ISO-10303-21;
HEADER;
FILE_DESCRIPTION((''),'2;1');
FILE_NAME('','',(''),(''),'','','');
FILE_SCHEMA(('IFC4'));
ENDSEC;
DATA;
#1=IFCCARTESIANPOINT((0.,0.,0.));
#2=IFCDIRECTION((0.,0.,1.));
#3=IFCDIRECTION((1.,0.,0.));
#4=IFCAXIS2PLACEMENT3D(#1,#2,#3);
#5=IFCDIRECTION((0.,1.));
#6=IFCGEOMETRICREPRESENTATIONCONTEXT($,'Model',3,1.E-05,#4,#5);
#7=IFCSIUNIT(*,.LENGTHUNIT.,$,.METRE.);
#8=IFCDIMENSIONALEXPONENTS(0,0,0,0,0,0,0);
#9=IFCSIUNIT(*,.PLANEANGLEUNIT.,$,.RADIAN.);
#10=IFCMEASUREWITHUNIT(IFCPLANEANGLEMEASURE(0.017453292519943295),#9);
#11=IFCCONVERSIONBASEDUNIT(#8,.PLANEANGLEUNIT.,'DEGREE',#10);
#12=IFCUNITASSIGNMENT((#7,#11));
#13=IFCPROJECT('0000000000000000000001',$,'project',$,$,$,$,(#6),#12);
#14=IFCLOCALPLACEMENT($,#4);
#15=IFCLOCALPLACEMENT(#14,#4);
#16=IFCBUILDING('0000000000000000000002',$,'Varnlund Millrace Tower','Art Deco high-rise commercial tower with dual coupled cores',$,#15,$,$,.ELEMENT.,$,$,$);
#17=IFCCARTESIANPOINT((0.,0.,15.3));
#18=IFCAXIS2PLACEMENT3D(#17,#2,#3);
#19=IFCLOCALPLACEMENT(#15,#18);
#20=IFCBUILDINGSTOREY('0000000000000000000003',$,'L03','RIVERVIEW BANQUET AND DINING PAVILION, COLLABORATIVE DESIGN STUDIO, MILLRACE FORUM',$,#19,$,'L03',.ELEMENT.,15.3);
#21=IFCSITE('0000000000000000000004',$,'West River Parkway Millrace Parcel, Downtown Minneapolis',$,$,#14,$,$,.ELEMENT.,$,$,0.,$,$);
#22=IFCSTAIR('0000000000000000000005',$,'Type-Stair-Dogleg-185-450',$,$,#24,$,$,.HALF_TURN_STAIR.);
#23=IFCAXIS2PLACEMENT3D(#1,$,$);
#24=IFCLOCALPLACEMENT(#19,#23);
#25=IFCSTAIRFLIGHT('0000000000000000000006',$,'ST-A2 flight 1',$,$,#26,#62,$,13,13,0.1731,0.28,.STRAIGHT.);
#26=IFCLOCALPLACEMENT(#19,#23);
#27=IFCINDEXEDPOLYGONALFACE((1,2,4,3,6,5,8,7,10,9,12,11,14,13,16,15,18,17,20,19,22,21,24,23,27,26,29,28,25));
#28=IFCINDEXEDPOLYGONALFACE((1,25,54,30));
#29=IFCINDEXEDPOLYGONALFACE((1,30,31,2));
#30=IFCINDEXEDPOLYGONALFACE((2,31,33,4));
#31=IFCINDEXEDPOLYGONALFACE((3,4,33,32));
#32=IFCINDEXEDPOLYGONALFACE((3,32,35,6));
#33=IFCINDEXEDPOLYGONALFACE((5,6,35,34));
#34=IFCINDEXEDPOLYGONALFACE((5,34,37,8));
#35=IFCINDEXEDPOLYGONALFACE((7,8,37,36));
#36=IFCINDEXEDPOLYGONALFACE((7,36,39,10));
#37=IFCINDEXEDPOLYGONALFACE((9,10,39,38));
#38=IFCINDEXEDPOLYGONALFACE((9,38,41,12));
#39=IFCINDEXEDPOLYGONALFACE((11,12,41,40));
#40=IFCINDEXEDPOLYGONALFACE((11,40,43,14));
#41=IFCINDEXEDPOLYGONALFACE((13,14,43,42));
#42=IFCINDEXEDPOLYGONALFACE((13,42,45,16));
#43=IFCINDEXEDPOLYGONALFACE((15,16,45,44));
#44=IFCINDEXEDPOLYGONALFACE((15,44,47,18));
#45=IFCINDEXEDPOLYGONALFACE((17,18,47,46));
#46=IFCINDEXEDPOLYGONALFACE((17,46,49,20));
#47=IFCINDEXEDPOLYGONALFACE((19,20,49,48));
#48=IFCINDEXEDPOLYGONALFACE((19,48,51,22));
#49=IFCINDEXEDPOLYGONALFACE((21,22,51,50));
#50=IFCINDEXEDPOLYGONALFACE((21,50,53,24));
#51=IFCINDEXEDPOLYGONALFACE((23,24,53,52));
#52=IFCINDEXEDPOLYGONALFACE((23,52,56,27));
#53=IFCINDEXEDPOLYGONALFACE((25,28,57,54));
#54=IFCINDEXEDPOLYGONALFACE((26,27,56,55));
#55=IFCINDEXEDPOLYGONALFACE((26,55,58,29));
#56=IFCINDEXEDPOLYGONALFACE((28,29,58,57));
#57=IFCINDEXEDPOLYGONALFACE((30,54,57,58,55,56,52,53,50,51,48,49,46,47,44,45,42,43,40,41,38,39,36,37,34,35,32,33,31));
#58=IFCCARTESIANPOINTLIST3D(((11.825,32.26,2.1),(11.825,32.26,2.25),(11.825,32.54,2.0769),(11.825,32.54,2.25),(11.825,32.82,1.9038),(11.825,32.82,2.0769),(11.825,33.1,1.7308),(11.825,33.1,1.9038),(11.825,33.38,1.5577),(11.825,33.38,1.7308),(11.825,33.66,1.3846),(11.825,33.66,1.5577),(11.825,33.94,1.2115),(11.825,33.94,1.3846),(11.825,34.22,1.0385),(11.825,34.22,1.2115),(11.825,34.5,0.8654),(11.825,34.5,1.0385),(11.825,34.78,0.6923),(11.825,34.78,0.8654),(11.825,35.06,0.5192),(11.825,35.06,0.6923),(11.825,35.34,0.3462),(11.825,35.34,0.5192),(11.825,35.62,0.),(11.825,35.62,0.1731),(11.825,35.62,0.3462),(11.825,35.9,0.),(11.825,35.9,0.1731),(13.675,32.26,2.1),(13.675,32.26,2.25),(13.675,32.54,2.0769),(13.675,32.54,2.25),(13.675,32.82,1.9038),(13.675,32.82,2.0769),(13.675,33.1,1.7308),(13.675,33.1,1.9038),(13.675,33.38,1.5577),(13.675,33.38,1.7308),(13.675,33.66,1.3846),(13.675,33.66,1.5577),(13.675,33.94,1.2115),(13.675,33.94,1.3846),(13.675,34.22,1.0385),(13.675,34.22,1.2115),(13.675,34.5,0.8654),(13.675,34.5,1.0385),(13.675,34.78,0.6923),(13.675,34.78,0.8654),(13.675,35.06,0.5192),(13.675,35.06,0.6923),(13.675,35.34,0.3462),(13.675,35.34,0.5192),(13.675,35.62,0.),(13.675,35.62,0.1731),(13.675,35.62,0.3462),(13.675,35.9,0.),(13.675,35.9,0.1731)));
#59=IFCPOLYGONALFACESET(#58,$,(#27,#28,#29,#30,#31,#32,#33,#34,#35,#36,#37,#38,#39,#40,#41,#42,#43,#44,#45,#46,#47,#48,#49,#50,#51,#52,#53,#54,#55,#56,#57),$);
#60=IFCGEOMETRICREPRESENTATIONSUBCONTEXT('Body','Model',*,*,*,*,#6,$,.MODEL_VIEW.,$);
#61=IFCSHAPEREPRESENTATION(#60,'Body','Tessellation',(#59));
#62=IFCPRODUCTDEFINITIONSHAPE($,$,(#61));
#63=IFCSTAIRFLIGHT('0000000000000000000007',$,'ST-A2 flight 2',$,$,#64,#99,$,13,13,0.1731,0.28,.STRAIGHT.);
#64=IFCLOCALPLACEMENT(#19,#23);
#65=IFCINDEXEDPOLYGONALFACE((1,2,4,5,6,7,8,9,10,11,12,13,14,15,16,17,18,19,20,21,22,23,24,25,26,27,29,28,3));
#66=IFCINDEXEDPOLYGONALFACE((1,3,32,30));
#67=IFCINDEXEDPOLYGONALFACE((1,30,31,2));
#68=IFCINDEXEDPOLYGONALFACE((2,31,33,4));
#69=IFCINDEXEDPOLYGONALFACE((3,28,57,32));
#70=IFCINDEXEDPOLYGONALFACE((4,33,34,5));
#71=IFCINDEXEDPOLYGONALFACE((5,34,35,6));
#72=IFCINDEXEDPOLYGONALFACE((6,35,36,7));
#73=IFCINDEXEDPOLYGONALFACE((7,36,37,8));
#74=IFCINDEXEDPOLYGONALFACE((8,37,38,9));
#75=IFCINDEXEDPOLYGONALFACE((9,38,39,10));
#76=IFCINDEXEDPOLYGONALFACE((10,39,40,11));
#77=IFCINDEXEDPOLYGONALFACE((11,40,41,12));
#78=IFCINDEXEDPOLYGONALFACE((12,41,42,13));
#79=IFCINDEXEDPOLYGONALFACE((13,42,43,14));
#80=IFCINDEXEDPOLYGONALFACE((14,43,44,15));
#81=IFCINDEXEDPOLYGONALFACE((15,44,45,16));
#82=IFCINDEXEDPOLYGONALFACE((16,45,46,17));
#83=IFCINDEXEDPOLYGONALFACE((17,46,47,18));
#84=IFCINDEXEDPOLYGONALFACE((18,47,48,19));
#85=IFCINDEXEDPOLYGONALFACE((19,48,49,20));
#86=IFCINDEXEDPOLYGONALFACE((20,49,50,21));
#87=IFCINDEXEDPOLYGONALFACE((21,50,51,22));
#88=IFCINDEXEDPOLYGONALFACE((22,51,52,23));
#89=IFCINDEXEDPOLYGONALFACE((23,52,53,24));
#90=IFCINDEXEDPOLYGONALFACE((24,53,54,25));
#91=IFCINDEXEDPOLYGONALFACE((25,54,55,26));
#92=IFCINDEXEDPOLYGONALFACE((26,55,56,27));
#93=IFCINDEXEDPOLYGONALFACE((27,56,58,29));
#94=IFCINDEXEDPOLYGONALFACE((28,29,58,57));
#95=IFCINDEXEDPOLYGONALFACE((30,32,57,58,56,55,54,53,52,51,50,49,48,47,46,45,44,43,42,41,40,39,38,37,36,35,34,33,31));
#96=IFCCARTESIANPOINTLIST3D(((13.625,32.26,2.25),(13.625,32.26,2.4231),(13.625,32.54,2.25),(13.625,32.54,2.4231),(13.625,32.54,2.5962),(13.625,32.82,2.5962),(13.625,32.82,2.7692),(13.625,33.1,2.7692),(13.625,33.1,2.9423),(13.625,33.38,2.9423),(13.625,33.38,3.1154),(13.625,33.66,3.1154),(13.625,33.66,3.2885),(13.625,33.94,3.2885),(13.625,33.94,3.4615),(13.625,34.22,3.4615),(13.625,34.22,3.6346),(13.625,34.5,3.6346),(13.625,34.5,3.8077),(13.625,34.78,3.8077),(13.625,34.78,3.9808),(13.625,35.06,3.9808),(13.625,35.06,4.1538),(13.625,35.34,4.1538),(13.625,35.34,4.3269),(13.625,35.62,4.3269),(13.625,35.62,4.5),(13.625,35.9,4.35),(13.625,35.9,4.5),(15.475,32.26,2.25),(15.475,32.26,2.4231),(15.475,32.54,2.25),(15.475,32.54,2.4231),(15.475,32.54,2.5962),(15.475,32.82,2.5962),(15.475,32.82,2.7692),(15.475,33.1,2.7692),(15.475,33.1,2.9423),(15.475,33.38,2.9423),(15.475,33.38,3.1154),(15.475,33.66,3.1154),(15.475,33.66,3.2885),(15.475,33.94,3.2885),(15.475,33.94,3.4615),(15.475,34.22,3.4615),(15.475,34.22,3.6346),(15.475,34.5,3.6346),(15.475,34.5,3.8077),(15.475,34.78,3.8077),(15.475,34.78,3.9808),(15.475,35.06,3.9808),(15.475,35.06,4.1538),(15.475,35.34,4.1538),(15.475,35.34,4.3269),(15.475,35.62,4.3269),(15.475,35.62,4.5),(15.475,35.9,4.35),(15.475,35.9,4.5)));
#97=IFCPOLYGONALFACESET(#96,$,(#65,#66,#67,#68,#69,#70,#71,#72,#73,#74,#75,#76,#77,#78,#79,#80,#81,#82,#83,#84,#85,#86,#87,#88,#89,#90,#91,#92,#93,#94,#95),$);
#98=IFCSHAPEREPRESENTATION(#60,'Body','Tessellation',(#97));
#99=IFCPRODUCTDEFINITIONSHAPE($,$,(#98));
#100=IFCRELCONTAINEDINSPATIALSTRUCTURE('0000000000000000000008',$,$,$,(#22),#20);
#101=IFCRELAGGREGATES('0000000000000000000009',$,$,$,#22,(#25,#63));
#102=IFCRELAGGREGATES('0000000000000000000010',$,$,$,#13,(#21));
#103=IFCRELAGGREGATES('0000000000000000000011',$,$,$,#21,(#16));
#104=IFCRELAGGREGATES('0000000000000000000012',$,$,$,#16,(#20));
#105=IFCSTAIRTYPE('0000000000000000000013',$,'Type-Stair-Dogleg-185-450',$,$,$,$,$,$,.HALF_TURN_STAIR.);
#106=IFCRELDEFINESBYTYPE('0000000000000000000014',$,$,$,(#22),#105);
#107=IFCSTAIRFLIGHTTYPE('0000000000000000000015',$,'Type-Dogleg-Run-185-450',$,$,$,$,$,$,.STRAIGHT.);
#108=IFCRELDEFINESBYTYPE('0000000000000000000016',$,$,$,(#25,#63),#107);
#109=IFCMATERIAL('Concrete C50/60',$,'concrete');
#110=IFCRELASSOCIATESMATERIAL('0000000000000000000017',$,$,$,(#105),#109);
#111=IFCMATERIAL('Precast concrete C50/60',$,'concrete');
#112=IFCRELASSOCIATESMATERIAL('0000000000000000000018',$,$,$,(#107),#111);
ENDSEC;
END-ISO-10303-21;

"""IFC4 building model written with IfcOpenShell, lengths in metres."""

from ifc_helpers import new_model, entity, si_unit, converted_unit, direction, frame, origin_with_axes, place, context, subcontext, project, spatial, polyline, outline, extrude, material, type_object, element, aggregate, save


model = new_model("IFC4")

# Units and contexts
model_context = context("Model", 3, precision=1e-05, world=origin_with_axes(), true_north=direction((0.0, 1.0)))
body_context = subcontext(model_context, "Body", "Model", "MODEL_VIEW")
ifc_project = project(units=[si_unit("LENGTHUNIT", "METRE"), converted_unit("PLANEANGLEUNIT", "DEGREE", entity("IfcPlaneAngleMeasure", 0.017453292519943295), si_unit("PLANEANGLEUNIT", "RADIAN"), dimensions=[0, 0, 0, 0, 0, 0, 0])], contexts=[model_context])

# Site, building, storey
site_placement = place(None, origin_with_axes())
site = spatial("IfcSite", under=ifc_project, at=site_placement, Name="West River Parkway Millrace Parcel, Downtown Minneapolis", CompositionType="ELEMENT", RefElevation=0.0)
building_placement = place(site_placement, origin_with_axes())
building = spatial("IfcBuilding", under=site, at=building_placement, Name="Varnlund Millrace Tower", Description="Art Deco high-rise commercial tower with dual coupled cores", CompositionType="ELEMENT")
storey_placement = place(building_placement, frame((0.0, 0.0, 15.3), z_axis=(0.0, 0.0, 1.0), x_axis=(1.0, 0.0, 0.0)))
storey = spatial("IfcBuildingStorey", under=building, at=storey_placement, Name="L03", Description="RIVERVIEW BANQUET AND DINING PAVILION, COLLABORATIVE DESIGN STUDIO, MILLRACE FORUM", LongName="L03", CompositionType="ELEMENT", Elevation=15.3)

# Stair, stair flights
ifc_material_1 = material(Name="Concrete C50/60", Category="concrete")
stair_type = type_object("IfcStairType", Name="Type-Stair-Dogleg-185-450", PredefinedType="HALF_TURN_STAIR", material=ifc_material_1)
stair_placement = place(storey_placement, origin_with_axes())
stair = element("IfcStair", 1, at=stair_placement, inside=storey, type_object=stair_type, Name="Type-Stair-Dogleg-185-450", PredefinedType="HALF_TURN_STAIR")
ifc_material_2 = material(Name="Precast concrete C50/60", Category="concrete")
stair_flight_type = type_object("IfcStairFlightType", Name="Type-Dogleg-Run-185-450", PredefinedType="STRAIGHT", material=ifc_material_2)
stair_flight_1_placement = place(storey_placement, frame((13.675, 35.9, 0.0), z_axis=(-1.0, 0.0, 0.0), x_axis=(0.0, -1.0, 0.0)))
stair_flight_1 = element("IfcStairFlight", 2, at=stair_flight_1_placement, type_object=stair_flight_type, Name="ST-A2 flight 1", NumberOfRisers=13, NumberOfTreads=13, PredefinedType="STRAIGHT", RiserHeight=0.1731, TreadLength=0.28, context=body_context, shape_type="SweptSolid", body=[
    extrude(outline(polyline([(0.0, 0.0), (0.0, 0.1731), (0.28, 0.1731), (0.28, 0.3462), (0.56, 0.3462), (0.56, 0.5192), (0.84, 0.5192), (0.84, 0.6923), (1.12, 0.6923), (1.12, 0.8654), (1.4, 0.8654), (1.4, 1.0385), (1.68, 1.0385), (1.68, 1.2115), (1.96, 1.2115), (1.96, 1.3846), (2.24, 1.3846), (2.24, 1.5577), (2.52, 1.5577), (2.52, 1.7308), (2.8, 1.7308), (2.8, 1.9038), (3.08, 1.9038), (3.08, 2.0769), (3.36, 2.0769), (3.36, 2.25), (3.64, 2.25), (3.64, 2.1), (0.28, 0.0), (0.0, 0.0)])), origin_with_axes(), (0.0, 0.0, 1.0), 1.85),
])
stair_flight_2_placement = place(storey_placement, frame((13.625, 32.26, 2.25), z_axis=(1.0, 0.0, 0.0), x_axis=(0.0, 1.0, 0.0)))
stair_flight_2 = element("IfcStairFlight", 3, at=stair_flight_2_placement, type_object=stair_flight_type, Name="ST-A2 flight 2", NumberOfRisers=13, NumberOfTreads=13, PredefinedType="STRAIGHT", RiserHeight=0.1731, TreadLength=0.28, context=body_context, shape_type="SweptSolid", body=[
    extrude(outline(polyline([(0.0, 0.0), (0.0, 0.1731), (0.28, 0.1731), (0.28, 0.3462), (0.56, 0.3462), (0.56, 0.5192), (0.84, 0.5192), (0.84, 0.6923), (1.12, 0.6923), (1.12, 0.8654), (1.4, 0.8654), (1.4, 1.0385), (1.68, 1.0385), (1.68, 1.2115), (1.96, 1.2115), (1.96, 1.3846), (2.24, 1.3846), (2.24, 1.5577), (2.52, 1.5577), (2.52, 1.7308), (2.8, 1.7308), (2.8, 1.9038), (3.08, 1.9038), (3.08, 2.0769), (3.36, 2.0769), (3.36, 2.25), (3.64, 2.25), (3.64, 2.1), (0.28, 0.0), (0.0, 0.0)])), origin_with_axes(), (0.0, 0.0, 1.0), 1.85),
])
aggregate(stair, [stair_flight_1, stair_flight_2])

save(model, "model.ifc")
